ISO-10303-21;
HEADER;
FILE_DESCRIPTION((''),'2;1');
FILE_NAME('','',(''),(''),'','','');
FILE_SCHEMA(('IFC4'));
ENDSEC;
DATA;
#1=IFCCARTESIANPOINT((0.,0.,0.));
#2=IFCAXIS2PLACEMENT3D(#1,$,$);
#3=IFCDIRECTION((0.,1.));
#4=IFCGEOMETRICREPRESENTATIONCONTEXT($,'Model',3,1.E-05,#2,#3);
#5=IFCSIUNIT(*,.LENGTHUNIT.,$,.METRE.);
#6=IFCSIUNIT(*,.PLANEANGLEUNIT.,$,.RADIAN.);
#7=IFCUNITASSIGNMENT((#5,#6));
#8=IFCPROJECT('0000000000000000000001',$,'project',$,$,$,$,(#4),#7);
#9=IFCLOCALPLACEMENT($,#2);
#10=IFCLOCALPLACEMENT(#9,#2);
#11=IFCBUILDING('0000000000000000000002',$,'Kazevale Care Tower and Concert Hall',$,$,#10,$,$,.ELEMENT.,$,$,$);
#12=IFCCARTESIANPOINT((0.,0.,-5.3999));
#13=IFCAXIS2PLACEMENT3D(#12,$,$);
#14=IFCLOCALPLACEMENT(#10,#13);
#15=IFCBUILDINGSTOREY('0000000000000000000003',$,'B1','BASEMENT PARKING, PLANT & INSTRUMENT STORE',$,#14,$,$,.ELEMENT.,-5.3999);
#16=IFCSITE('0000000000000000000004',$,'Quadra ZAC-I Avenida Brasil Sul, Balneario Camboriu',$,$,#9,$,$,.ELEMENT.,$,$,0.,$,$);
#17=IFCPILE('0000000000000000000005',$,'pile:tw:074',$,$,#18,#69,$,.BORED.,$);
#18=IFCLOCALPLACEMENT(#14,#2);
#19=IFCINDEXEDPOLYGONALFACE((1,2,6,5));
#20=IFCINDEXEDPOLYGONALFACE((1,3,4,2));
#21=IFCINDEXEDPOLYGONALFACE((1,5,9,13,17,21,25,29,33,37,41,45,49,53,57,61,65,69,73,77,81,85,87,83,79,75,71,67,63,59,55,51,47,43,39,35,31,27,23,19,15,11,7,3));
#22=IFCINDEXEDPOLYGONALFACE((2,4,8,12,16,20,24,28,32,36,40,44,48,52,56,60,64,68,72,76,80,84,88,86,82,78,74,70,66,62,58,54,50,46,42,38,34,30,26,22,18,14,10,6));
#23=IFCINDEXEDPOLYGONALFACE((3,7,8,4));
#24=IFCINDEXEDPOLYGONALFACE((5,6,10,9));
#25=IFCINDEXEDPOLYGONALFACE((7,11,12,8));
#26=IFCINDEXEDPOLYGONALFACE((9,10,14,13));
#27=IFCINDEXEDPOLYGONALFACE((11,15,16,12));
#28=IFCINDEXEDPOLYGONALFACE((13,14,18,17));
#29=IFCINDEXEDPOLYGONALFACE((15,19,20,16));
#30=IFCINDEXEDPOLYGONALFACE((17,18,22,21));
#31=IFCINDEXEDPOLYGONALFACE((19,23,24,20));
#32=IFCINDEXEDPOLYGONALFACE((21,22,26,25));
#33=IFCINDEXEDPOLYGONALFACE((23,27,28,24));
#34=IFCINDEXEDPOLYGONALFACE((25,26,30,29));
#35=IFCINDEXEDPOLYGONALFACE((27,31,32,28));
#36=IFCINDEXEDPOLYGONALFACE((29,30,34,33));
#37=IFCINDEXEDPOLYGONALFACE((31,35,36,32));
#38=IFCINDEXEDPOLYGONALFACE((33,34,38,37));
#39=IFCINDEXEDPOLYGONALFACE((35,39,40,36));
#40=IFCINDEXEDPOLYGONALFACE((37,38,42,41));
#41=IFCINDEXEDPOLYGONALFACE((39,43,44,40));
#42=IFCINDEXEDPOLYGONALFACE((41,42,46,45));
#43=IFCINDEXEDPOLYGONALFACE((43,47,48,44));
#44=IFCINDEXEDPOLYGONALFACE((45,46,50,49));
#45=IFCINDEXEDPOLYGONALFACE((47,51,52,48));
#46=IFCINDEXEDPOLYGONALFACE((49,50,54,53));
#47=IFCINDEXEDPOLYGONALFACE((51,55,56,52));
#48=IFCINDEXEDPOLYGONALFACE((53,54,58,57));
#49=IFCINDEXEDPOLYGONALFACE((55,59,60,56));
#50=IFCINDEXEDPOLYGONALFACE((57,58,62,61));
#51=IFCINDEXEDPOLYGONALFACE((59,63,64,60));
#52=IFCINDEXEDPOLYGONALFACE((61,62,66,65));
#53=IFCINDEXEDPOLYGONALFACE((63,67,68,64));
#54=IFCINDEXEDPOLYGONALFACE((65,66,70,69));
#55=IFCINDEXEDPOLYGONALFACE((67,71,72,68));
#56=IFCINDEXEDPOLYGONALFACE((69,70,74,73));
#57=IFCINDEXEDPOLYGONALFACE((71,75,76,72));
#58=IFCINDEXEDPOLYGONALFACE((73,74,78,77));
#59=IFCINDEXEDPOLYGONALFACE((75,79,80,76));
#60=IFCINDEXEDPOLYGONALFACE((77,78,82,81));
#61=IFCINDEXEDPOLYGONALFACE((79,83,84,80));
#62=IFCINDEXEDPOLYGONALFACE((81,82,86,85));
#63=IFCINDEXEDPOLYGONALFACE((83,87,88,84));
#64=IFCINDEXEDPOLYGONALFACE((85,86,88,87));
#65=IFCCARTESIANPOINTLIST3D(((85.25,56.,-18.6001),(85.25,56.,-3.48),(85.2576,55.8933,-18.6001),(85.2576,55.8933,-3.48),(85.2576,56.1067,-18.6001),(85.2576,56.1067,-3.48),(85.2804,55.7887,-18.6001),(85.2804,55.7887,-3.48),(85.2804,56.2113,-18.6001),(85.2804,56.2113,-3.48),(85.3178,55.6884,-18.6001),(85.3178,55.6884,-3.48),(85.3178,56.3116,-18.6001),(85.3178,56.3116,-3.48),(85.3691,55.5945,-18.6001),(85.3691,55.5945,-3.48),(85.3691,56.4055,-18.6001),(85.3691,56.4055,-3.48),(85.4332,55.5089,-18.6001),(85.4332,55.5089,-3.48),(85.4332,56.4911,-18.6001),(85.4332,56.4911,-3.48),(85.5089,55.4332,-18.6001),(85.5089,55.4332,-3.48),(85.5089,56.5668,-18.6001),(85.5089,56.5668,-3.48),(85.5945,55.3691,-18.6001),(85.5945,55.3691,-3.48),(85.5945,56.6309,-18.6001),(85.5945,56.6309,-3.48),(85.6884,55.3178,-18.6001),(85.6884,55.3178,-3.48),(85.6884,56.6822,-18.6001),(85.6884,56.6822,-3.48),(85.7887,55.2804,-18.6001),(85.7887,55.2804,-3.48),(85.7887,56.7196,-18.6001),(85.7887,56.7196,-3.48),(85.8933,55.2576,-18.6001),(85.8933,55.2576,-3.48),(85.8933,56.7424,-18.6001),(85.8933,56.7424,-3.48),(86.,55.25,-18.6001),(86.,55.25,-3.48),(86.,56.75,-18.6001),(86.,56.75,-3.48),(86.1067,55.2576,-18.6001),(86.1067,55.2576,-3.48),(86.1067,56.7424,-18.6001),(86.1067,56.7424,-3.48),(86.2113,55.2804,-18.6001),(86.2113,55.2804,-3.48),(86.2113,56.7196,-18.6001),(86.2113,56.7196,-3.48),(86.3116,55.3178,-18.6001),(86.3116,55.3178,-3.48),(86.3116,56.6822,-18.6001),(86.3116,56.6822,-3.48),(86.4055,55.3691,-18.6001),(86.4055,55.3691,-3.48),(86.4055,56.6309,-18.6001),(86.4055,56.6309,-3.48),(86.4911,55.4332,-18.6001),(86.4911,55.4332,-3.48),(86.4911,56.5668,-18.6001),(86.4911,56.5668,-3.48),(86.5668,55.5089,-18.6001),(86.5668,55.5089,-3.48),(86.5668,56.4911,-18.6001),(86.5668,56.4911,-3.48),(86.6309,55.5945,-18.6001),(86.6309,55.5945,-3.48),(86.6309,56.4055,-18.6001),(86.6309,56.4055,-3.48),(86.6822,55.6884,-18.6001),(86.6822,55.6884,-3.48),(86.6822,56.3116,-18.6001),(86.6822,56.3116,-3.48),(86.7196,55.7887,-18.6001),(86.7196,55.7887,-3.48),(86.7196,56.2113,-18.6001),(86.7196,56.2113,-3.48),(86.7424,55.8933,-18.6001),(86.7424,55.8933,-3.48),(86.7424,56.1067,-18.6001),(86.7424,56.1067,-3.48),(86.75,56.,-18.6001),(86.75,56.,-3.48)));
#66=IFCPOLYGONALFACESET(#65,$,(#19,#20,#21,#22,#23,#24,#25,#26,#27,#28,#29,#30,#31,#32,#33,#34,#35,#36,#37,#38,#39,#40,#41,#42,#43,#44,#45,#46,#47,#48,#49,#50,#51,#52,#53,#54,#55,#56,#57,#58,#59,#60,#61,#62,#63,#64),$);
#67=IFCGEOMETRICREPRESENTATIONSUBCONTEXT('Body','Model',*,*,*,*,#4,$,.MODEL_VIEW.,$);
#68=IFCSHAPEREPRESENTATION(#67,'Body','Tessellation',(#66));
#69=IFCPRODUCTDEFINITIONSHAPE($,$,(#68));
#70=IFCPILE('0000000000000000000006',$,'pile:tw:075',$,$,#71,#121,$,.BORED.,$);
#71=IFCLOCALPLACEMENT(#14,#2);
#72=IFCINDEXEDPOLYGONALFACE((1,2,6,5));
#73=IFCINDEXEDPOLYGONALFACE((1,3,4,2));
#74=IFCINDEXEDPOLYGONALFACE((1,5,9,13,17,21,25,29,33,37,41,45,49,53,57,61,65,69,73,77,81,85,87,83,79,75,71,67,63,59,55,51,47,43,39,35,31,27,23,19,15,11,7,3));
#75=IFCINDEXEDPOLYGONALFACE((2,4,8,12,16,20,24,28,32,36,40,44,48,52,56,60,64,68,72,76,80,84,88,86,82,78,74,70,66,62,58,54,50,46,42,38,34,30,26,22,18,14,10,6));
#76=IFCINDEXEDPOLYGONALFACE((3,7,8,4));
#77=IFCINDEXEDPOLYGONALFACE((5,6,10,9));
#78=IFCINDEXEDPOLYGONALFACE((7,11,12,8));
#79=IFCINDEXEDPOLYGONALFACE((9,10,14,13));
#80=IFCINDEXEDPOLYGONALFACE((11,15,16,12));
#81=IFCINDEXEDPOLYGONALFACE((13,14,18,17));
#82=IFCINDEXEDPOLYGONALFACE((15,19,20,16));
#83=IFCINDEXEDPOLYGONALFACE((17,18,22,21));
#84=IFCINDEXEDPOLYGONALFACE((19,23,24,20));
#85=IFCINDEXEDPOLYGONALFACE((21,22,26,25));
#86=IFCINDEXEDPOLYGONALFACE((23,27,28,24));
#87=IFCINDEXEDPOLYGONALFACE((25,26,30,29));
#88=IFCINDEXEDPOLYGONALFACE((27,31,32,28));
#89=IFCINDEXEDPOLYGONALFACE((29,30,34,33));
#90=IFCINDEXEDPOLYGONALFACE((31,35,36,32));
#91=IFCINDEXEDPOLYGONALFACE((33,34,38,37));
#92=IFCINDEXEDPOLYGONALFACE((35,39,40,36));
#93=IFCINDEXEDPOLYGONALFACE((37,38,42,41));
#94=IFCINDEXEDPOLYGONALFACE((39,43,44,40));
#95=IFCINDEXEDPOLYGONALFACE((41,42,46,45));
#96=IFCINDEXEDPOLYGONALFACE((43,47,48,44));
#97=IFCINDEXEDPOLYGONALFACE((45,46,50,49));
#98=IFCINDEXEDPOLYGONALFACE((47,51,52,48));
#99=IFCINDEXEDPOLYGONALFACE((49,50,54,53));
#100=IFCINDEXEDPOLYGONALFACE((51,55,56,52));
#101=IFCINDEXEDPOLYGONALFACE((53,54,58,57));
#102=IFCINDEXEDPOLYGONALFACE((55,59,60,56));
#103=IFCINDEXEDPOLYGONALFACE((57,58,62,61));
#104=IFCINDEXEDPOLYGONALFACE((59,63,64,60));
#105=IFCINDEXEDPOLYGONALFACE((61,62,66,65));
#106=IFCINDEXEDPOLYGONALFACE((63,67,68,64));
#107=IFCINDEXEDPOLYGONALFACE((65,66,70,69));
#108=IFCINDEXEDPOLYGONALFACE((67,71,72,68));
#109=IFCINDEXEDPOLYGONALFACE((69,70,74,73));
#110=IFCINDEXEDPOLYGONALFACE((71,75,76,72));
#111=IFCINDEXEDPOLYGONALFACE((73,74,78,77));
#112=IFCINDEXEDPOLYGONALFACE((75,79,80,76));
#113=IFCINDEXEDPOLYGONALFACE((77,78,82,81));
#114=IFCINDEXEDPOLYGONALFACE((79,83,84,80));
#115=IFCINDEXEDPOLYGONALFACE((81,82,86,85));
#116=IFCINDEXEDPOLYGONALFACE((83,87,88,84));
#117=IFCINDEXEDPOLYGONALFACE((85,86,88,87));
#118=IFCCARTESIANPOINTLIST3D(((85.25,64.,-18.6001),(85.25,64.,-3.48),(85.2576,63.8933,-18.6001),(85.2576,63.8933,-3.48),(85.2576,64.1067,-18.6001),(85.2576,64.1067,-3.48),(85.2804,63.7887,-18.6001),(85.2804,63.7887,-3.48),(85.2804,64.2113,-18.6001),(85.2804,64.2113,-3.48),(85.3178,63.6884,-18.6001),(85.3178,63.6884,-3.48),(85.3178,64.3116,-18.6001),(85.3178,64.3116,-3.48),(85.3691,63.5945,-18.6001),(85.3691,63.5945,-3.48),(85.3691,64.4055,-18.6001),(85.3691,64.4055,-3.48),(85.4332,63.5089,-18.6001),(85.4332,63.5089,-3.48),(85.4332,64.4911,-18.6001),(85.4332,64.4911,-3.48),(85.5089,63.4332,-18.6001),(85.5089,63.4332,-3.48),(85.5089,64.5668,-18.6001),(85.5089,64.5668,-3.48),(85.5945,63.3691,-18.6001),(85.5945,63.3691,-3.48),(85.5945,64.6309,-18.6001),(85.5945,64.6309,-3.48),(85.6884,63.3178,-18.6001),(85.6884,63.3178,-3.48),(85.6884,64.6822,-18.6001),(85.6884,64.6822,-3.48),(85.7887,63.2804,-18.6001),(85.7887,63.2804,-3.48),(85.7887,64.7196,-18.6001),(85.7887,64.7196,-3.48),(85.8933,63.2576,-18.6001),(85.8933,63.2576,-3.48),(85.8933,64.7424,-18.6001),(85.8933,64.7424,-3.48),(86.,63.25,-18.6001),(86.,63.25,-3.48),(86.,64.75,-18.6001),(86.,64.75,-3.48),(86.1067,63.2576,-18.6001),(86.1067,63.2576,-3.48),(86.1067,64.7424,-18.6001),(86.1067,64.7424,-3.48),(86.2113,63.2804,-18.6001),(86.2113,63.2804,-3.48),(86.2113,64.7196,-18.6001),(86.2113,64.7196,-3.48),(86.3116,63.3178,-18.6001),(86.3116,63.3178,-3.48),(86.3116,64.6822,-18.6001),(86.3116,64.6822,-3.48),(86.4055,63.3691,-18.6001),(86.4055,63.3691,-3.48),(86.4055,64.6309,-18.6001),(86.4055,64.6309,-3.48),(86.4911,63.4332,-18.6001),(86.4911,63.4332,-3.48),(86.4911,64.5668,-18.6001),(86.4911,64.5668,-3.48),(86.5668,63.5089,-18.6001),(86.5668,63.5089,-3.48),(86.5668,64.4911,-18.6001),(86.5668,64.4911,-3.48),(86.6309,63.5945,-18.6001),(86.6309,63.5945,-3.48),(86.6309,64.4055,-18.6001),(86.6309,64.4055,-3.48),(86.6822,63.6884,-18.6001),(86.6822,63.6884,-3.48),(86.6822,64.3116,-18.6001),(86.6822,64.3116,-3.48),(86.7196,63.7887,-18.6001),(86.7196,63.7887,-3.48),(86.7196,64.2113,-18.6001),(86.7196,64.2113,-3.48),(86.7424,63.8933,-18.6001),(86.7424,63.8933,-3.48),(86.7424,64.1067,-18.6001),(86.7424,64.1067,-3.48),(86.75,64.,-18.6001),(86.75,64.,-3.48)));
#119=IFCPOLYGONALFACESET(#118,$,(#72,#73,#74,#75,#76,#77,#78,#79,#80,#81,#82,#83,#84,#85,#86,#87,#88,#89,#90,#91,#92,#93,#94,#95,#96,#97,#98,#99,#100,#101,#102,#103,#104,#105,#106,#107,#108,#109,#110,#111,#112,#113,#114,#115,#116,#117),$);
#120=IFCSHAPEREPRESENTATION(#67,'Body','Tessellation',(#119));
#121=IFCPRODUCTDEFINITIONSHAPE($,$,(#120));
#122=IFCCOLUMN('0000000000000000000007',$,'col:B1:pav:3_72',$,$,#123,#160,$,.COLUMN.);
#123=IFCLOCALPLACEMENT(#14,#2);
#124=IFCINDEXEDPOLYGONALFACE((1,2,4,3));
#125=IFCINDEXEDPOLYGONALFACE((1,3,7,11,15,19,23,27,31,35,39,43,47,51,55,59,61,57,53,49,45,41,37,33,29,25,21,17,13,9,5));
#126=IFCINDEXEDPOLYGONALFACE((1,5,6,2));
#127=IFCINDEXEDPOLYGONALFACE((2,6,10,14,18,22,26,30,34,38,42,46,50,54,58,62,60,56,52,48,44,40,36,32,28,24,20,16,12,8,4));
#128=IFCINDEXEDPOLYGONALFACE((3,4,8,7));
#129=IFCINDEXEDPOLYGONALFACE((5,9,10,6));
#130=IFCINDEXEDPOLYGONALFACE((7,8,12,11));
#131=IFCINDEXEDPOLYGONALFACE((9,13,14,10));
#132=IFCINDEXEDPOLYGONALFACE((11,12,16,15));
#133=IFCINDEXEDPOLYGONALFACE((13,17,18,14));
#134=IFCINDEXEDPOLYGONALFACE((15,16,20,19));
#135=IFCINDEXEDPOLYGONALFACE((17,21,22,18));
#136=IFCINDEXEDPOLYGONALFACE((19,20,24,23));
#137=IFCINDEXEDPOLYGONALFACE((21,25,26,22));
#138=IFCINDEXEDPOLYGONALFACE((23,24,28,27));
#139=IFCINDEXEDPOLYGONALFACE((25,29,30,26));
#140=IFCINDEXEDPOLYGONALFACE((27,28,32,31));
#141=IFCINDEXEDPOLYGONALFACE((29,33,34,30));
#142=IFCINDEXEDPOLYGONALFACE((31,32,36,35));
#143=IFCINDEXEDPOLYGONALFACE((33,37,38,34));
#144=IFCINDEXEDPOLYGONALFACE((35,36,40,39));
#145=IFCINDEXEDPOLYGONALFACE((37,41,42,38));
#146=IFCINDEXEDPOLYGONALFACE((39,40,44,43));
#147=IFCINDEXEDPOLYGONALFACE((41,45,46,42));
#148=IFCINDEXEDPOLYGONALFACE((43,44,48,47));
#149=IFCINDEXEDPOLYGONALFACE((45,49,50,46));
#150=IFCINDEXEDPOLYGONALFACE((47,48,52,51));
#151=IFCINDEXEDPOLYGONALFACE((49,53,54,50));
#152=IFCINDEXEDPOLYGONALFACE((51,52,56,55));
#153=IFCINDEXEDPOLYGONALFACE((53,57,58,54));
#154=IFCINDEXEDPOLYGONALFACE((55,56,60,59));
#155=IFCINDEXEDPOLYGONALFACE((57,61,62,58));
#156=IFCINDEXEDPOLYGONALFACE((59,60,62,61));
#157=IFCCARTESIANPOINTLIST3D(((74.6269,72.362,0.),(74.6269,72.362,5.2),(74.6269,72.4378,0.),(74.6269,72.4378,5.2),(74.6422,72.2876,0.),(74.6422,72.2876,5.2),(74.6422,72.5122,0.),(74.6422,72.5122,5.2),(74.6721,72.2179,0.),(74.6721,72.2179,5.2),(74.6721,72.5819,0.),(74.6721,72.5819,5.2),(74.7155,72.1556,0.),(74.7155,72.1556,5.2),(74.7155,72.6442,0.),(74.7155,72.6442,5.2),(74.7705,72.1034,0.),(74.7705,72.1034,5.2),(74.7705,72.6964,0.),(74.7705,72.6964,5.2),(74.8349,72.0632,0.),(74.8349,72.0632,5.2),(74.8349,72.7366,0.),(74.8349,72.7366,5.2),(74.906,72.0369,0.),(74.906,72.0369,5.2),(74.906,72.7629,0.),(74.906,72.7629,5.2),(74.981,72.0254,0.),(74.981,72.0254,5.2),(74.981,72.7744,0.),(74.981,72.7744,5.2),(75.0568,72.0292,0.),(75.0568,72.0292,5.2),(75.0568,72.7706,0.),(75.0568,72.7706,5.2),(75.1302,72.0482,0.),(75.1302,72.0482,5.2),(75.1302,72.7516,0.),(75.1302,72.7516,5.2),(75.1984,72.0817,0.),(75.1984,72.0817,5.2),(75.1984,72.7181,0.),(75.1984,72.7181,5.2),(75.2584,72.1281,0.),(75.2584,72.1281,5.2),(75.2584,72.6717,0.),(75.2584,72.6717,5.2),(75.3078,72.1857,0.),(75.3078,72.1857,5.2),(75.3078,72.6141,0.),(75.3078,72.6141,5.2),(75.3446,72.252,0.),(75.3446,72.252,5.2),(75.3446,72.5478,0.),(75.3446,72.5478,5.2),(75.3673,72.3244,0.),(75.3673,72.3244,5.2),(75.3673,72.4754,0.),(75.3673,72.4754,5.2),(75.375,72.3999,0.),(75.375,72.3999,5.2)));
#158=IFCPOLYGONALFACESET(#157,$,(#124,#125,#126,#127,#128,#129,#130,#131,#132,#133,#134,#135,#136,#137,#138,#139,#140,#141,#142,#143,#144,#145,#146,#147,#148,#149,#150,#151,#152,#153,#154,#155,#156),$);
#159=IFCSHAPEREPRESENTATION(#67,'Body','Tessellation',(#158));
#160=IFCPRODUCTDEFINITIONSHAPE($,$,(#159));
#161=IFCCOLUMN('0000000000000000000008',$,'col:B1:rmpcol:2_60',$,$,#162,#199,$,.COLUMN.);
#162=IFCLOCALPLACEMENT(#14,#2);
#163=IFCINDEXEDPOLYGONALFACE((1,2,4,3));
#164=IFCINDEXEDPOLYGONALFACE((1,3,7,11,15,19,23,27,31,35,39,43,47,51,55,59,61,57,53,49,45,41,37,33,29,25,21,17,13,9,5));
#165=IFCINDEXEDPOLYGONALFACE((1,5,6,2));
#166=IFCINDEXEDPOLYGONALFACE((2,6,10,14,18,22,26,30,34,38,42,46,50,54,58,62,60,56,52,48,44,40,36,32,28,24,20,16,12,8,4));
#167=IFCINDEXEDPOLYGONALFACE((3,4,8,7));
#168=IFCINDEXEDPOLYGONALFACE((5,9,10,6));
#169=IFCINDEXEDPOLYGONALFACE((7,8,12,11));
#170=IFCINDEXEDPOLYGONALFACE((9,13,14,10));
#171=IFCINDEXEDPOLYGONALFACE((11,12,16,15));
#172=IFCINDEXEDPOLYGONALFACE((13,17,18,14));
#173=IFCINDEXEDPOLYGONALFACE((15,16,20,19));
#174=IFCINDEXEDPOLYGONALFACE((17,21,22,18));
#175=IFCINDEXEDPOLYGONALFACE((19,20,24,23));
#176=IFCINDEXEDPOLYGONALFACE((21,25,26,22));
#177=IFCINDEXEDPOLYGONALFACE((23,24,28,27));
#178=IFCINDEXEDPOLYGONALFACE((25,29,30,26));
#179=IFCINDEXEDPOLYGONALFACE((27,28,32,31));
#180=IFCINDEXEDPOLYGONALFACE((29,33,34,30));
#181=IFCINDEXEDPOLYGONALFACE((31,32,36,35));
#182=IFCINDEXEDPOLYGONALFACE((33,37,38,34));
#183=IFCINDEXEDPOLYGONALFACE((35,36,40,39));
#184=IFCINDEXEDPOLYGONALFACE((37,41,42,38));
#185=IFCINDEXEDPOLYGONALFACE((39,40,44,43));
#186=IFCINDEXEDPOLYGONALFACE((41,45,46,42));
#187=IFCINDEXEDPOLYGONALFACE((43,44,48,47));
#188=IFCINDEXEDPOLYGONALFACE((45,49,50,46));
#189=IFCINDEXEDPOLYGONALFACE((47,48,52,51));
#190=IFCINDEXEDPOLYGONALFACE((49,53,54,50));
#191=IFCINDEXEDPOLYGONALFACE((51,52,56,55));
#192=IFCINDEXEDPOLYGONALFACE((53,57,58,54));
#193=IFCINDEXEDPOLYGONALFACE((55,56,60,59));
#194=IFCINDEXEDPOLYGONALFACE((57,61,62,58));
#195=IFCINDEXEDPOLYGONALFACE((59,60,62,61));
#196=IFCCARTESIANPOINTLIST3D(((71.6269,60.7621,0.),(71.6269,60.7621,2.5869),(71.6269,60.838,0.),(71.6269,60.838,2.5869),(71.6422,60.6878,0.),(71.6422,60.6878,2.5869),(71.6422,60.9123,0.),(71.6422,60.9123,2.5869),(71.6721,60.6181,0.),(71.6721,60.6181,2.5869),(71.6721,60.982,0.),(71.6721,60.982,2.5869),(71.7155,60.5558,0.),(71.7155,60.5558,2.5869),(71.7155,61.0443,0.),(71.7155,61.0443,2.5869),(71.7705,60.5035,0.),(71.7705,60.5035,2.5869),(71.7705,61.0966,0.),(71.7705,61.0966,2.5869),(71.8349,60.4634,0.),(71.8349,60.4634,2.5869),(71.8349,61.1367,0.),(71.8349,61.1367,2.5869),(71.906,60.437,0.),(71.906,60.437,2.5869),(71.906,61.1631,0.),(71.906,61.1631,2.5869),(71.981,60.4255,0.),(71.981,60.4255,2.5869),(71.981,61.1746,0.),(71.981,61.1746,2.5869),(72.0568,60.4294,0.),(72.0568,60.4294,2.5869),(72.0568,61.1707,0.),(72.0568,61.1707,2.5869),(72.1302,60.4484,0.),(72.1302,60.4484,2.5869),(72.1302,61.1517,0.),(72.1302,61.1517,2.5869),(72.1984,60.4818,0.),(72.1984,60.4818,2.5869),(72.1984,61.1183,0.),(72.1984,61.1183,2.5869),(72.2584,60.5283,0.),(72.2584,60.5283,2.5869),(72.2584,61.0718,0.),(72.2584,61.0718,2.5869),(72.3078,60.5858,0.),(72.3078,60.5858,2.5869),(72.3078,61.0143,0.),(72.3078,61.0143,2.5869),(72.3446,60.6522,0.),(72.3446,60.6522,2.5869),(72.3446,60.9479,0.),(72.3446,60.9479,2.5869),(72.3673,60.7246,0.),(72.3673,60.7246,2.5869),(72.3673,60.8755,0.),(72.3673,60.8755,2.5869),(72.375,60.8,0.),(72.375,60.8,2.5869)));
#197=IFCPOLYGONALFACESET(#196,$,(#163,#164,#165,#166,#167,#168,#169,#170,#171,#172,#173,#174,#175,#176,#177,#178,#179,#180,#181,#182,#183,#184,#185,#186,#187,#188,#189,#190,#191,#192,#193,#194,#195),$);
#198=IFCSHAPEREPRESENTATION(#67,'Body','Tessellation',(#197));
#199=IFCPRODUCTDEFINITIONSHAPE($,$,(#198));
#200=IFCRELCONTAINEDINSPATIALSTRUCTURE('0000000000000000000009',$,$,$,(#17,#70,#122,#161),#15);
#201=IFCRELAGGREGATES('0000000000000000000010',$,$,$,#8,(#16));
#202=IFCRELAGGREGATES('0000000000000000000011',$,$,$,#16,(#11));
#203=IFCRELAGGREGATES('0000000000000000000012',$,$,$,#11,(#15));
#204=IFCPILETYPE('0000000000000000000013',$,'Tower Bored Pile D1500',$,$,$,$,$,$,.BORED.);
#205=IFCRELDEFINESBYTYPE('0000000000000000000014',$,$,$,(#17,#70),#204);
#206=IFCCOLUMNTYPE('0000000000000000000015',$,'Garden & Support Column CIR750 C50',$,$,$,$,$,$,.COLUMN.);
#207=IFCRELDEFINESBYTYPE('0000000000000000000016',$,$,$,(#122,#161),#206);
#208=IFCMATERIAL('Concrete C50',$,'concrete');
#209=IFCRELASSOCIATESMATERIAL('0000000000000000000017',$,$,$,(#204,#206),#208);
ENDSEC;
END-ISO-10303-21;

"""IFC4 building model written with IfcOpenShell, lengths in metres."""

from ifc_helpers import new_model, si_unit, direction, frame, origin, origin_2d, place, context, subcontext, project, spatial, circle, extrude, material, material_profile, profile_set, type_object, element, save


model = new_model("IFC4")

# Units and contexts
model_context = context("Model", 3, precision=1e-05, world=origin(), true_north=direction((0.0, 1.0)))
body_context = subcontext(model_context, "Body", "Model", "MODEL_VIEW")
ifc_project = project(units=[si_unit("LENGTHUNIT", "METRE"), si_unit("PLANEANGLEUNIT", "RADIAN")], contexts=[model_context])

# Site, building, storey
site_placement = place(None, origin())
site = spatial("IfcSite", under=ifc_project, at=site_placement, Name="Quadra ZAC-I Avenida Brasil Sul, Balneario Camboriu", CompositionType="ELEMENT", RefElevation=0.0)
building_placement = place(site_placement, origin())
building = spatial("IfcBuilding", under=site, at=building_placement, Name="Kazevale Care Tower and Concert Hall", CompositionType="ELEMENT")
storey_placement = place(building_placement, frame((0.0, 0.0, -5.3999)))
storey = spatial("IfcBuildingStorey", under=building, at=storey_placement, Name="B1", Description="BASEMENT PARKING, PLANT & INSTRUMENT STORE", CompositionType="ELEMENT", Elevation=-5.3999)

# Shared definitions
ifc_material_1 = material(Name="Concrete C50", Category="concrete")

# Piles
ifc_material_profile_1 = material_profile(ifc_material_1, circle(Radius=0.75, at=origin_2d()), Name="PILE-D1500")
ifc_profile_set_1 = profile_set([ifc_material_profile_1], Name="Concrete C50")
pile_type = type_object("IfcPileType", Name="Tower Bored Pile D1500", PredefinedType="BORED", material=ifc_profile_set_1)
for number, where, z_axis, x_axis, name in (
    (1, (86.0, 56.0, -3.48), (0.0, 0.0, -1.0), (1.0, 0.0, 0.0), "pile:tw:074"),
    (2, (86.0, 64.0, -3.48), (0.0, 0.0, -1.0), (1.0, 0.0, 0.0), "pile:tw:075"),
):
    element("IfcPile", number, at=place(storey_placement, frame(where, z_axis=z_axis, x_axis=x_axis)), inside=storey, type_object=pile_type, Name=name, PredefinedType="BORED", context=body_context, shape_type="SweptSolid", body=[
        extrude(circle(Radius=0.75, at=origin_2d()), origin(), (0.0, 0.0, 1.0), 15.1201),
    ])

# Columns
ifc_material_profile_2 = material_profile(ifc_material_1, circle(Radius=0.375, at=origin_2d()), Name="RC-CIR750")
ifc_profile_set_2 = profile_set([ifc_material_profile_2], Name="Concrete C50")
column_type_1 = type_object("IfcColumnType", Name="Garden & Support Column CIR750 C50", PredefinedType="COLUMN", material=ifc_profile_set_2)
column_1_placement = place(storey_placement, frame((75.0, 72.3999, 0.0), z_axis=(0.0, 0.0, 1.0), x_axis=(1.0, 0.0, 0.0)))
element("IfcColumn", 3, at=column_1_placement, inside=storey, type_object=column_type_1, Name="col:B1:pav:3_72", PredefinedType="COLUMN", context=body_context, shape_type="SweptSolid", body=[
    extrude(circle(Radius=0.375, at=origin_2d()), origin(), (0.0, 0.0, 1.0), 5.2),
])
for number, where, z_axis, x_axis, name in (
    (4, (72.0, 60.8, 0.0), (0.0, 0.0, 1.0), (1.0, 0.0, 0.0), "col:B1:rmpcol:2_60"),
):
    element("IfcColumn", number, at=place(storey_placement, frame(where, z_axis=z_axis, x_axis=x_axis)), inside=storey, type_object=column_type_1, Name=name, PredefinedType="COLUMN", context=body_context, shape_type="SweptSolid", body=[
        extrude(circle(Radius=0.375, at=origin_2d()), origin(), (0.0, 0.0, 1.0), 2.5869),
    ])

save(model, "model.ifc")
